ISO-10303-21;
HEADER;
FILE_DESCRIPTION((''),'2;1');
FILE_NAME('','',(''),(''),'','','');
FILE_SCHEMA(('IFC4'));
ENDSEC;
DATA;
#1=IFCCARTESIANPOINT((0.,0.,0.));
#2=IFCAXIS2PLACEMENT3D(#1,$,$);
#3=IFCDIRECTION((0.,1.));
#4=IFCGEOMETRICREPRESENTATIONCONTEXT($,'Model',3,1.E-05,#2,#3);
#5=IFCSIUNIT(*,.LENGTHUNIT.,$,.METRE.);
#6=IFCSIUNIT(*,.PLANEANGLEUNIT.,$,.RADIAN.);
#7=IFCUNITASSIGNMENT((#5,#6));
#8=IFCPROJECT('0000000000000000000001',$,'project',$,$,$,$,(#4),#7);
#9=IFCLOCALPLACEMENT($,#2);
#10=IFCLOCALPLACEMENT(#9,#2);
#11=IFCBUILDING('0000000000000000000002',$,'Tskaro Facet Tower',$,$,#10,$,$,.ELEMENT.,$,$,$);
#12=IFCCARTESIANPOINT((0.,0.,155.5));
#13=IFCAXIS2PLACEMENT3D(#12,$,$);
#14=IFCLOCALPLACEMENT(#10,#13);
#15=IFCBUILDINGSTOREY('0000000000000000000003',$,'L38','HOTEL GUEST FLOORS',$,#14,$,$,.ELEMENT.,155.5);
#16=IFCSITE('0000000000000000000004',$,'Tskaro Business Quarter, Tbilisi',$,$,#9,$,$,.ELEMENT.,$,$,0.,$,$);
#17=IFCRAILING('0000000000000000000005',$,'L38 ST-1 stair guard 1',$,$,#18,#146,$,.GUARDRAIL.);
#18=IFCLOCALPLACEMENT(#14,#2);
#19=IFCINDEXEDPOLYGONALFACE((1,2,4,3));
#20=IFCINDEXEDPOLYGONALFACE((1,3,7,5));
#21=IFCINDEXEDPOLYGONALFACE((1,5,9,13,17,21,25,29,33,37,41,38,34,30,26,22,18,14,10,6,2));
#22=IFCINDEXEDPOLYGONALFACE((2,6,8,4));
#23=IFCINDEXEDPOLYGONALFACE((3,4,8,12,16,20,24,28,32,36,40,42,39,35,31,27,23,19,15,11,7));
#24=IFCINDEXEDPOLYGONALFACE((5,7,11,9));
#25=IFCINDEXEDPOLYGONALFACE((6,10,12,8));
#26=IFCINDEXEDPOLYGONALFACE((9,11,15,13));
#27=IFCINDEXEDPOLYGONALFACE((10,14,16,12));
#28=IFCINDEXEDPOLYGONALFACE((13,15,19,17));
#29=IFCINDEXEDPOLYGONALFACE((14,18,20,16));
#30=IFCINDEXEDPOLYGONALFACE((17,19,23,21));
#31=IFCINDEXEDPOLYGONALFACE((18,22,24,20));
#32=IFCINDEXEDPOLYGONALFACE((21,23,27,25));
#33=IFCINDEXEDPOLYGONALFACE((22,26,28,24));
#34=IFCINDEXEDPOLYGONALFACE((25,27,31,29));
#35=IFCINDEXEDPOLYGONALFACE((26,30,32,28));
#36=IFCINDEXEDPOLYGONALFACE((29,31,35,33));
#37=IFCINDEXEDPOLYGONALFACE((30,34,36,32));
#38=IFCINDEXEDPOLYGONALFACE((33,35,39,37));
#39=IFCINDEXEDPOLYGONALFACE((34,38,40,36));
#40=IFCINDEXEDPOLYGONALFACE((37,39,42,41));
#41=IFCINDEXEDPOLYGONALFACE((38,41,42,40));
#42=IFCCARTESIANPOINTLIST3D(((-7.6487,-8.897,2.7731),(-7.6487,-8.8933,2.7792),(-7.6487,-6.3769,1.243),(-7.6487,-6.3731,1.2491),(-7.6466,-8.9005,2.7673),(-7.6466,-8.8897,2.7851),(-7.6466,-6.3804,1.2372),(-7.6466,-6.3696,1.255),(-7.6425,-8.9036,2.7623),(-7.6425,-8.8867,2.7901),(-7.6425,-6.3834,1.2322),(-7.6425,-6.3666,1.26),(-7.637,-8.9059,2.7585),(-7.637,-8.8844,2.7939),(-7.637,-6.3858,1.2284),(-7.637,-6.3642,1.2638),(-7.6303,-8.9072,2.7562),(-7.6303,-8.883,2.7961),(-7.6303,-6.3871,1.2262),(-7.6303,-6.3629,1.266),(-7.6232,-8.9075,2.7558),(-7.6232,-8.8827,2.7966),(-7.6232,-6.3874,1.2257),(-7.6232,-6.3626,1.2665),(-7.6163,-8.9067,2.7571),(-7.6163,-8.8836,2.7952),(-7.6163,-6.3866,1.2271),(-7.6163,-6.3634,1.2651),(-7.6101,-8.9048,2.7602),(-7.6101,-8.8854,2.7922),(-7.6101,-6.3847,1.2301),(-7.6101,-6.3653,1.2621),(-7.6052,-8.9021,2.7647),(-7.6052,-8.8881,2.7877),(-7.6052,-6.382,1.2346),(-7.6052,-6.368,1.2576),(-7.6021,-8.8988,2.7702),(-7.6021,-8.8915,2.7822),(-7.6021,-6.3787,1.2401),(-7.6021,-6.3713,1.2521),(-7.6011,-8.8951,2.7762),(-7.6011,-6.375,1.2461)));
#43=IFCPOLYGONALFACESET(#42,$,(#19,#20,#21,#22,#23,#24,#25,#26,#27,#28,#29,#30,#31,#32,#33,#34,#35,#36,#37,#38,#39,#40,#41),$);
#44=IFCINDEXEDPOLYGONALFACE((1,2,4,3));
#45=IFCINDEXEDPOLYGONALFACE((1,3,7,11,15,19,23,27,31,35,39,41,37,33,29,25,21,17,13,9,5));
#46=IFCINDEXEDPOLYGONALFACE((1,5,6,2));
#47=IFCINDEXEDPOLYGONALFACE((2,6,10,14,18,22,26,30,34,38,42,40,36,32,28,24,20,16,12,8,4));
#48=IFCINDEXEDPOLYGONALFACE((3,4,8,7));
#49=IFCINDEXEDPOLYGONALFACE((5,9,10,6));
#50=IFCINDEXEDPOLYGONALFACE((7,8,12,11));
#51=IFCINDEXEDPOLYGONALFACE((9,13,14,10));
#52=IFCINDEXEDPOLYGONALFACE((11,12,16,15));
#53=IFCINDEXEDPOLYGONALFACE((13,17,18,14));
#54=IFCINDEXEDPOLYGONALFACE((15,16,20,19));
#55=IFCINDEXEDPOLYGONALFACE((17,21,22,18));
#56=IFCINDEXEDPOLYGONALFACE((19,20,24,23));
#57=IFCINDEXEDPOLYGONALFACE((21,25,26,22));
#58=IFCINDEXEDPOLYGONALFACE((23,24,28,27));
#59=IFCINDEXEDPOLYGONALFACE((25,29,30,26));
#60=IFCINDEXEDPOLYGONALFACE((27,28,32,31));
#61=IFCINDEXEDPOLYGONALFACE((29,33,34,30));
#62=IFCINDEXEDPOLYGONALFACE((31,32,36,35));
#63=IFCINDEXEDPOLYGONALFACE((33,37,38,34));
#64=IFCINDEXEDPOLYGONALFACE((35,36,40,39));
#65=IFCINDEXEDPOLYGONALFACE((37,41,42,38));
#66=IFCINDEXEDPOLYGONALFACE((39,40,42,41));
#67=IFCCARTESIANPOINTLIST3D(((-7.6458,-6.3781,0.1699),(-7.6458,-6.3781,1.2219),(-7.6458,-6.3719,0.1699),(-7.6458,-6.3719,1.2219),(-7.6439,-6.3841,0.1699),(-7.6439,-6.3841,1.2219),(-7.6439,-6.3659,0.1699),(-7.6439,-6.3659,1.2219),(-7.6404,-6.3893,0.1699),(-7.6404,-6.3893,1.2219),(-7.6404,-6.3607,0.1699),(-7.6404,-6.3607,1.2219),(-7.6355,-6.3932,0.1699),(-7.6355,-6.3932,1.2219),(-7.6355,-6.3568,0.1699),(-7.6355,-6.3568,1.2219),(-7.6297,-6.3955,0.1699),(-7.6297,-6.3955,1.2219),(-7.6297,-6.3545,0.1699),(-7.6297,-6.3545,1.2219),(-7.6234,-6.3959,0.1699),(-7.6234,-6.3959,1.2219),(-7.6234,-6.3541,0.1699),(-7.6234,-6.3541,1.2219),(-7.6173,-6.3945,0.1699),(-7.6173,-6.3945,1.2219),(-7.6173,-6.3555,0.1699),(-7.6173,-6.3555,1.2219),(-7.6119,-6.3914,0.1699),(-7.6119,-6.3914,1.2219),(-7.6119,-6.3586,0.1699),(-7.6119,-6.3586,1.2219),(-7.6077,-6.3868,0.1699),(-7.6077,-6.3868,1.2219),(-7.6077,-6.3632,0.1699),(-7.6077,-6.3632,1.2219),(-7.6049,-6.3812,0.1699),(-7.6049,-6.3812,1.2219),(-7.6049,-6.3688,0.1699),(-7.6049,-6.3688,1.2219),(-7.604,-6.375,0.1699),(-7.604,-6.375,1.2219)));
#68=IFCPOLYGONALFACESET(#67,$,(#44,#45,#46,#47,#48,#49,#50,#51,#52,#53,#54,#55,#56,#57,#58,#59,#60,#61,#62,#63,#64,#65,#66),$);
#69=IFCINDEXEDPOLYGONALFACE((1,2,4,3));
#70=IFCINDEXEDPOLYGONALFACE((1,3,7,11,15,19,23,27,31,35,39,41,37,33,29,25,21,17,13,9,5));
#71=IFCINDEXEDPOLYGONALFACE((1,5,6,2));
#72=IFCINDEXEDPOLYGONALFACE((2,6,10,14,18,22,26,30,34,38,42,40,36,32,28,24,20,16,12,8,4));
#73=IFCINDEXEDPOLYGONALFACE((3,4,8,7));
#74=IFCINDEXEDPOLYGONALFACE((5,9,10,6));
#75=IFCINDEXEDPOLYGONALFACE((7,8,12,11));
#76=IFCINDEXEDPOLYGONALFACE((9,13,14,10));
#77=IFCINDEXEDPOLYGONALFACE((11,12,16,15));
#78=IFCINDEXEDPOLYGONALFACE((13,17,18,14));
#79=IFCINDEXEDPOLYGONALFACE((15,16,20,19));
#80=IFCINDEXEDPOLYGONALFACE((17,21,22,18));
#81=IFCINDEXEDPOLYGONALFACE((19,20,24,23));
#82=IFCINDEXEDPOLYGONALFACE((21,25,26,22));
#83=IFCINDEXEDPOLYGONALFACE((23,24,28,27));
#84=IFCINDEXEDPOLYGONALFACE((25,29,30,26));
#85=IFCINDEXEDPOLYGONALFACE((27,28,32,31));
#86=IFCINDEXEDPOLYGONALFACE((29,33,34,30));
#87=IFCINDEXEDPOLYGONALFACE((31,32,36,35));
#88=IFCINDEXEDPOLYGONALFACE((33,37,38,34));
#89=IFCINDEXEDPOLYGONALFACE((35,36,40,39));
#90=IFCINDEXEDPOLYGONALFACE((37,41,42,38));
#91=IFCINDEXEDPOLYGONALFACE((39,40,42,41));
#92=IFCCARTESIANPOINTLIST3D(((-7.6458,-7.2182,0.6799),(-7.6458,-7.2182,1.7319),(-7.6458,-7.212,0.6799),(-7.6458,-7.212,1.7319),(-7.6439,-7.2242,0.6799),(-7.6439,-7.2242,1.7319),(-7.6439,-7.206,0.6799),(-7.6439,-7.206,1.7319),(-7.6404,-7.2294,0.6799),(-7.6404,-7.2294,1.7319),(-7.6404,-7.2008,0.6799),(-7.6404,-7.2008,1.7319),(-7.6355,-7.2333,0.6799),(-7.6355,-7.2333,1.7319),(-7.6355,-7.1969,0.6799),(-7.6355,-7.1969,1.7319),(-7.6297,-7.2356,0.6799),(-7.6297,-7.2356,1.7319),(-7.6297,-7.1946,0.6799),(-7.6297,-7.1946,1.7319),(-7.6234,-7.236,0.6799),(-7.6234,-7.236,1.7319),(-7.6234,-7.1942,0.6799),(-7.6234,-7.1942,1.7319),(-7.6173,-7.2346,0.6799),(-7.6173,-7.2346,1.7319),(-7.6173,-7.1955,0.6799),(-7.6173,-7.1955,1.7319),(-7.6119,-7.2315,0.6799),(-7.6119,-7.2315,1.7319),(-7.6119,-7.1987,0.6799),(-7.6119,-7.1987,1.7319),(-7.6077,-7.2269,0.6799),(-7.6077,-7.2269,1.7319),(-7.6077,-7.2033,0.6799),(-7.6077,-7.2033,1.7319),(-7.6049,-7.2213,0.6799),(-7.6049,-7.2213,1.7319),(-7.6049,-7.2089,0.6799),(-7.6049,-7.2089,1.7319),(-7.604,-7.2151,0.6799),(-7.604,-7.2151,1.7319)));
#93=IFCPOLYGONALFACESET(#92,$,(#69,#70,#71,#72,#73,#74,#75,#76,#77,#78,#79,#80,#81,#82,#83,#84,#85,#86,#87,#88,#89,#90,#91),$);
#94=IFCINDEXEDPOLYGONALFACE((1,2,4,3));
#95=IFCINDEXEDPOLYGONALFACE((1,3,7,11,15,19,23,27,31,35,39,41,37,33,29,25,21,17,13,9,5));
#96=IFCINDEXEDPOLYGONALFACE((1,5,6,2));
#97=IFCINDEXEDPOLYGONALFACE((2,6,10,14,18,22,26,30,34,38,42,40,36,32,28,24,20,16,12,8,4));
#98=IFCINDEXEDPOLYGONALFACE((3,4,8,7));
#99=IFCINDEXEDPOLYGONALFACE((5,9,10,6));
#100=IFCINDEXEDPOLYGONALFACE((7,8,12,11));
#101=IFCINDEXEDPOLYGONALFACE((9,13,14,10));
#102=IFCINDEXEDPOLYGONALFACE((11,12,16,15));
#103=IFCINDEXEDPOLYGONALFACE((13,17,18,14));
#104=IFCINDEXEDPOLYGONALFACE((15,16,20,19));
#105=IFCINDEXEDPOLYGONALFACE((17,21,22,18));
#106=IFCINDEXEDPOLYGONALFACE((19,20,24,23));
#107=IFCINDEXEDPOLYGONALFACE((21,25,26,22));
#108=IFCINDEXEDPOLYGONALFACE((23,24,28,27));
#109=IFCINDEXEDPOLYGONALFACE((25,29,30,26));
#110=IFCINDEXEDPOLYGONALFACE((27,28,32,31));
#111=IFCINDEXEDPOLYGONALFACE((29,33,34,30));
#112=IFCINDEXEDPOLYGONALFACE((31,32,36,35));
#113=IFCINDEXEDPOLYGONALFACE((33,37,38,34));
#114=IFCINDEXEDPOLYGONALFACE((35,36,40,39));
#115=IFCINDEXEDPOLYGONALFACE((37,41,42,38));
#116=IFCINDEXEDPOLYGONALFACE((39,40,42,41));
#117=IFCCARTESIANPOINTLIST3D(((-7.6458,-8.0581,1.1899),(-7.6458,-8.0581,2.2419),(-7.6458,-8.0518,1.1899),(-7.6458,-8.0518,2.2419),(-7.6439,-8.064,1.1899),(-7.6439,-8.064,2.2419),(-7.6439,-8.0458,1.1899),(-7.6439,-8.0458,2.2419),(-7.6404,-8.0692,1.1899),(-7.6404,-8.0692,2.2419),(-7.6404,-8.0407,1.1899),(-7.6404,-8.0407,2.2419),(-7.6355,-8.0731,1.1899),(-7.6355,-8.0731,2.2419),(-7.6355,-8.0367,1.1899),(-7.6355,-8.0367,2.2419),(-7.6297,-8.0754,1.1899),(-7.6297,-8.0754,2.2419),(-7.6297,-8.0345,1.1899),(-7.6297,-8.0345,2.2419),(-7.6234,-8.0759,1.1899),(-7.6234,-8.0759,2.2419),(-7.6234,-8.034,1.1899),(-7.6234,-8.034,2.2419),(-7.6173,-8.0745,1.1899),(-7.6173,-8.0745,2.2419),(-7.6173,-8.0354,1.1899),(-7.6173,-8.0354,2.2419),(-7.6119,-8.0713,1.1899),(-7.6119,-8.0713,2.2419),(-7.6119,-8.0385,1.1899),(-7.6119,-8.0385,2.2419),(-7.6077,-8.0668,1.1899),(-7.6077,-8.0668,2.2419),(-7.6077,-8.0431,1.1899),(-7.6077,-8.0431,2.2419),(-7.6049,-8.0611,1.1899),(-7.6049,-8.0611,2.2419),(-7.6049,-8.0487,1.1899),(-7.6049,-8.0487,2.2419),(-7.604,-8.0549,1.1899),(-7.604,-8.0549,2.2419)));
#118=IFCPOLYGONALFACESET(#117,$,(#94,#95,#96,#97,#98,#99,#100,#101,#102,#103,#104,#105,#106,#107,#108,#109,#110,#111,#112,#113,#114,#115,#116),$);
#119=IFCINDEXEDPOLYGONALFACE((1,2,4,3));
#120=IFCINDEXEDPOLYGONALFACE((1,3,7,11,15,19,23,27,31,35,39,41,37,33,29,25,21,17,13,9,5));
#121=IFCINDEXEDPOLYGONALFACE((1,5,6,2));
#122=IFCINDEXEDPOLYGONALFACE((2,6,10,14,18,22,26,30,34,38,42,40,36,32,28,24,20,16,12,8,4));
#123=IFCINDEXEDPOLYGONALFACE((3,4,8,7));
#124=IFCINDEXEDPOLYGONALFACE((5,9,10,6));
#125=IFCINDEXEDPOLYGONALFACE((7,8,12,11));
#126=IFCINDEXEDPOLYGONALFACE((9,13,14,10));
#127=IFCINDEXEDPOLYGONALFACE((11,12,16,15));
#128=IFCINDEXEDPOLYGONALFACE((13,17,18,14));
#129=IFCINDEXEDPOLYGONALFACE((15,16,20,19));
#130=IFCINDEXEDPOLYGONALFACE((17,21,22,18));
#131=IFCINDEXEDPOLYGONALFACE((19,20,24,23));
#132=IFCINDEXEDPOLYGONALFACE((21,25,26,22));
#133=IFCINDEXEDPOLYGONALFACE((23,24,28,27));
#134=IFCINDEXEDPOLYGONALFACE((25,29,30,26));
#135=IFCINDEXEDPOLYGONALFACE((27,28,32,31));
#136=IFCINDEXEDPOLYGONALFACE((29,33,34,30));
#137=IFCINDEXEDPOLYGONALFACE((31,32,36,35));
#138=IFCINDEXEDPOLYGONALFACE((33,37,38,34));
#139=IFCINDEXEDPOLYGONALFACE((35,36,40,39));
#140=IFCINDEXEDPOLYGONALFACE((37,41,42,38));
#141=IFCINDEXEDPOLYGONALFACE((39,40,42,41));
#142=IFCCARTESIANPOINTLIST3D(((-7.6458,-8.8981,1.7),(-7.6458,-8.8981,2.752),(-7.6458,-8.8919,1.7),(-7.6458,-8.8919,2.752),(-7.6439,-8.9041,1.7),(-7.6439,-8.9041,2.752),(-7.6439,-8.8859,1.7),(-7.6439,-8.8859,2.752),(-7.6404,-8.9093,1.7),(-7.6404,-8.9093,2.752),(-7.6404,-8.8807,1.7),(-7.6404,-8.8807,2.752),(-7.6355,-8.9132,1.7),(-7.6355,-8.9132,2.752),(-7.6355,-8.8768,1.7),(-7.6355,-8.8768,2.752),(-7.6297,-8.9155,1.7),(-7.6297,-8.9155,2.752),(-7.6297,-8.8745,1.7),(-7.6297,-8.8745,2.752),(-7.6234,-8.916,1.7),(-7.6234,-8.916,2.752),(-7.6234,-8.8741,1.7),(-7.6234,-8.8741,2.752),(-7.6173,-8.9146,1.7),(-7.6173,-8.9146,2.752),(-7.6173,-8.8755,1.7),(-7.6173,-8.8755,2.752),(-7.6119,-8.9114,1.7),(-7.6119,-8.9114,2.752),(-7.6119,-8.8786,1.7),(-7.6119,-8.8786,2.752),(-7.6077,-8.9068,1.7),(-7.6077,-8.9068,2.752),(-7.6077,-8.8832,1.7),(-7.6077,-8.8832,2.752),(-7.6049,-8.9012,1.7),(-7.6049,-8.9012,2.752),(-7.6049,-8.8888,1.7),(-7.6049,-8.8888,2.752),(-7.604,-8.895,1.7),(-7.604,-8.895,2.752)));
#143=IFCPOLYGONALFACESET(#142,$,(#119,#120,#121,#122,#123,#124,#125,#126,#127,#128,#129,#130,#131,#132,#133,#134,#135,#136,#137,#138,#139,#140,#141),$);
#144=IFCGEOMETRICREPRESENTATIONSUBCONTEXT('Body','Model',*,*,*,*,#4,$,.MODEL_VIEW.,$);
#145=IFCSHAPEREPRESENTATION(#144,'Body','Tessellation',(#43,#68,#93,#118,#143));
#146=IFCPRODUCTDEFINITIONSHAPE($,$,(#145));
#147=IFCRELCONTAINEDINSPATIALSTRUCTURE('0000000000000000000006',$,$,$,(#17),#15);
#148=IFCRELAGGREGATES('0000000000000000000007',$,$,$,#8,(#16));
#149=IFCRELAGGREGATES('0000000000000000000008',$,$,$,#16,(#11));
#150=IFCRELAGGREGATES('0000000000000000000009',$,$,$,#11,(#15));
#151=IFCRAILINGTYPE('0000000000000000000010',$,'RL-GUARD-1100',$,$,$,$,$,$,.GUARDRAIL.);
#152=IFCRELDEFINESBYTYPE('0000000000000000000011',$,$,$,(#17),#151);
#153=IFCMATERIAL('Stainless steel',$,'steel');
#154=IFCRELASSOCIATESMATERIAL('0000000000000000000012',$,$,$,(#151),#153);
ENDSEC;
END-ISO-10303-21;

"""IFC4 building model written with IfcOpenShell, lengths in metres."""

from ifc_helpers import new_model, si_unit, direction, frame, origin, origin_2d, place, context, subcontext, project, spatial, circle, extrude, material, type_object, element, save


model = new_model("IFC4")

# Units and contexts
model_context = context("Model", 3, precision=1e-05, world=origin(), true_north=direction((0.0, 1.0)))
body_context = subcontext(model_context, "Body", "Model", "MODEL_VIEW")
ifc_project = project(units=[si_unit("LENGTHUNIT", "METRE"), si_unit("PLANEANGLEUNIT", "RADIAN")], contexts=[model_context])

# Site, building, storey
site_placement = place(None, origin())
site = spatial("IfcSite", under=ifc_project, at=site_placement, Name="Tskaro Business Quarter, Tbilisi", CompositionType="ELEMENT", RefElevation=0.0)
building_placement = place(site_placement, origin())
building = spatial("IfcBuilding", under=site, at=building_placement, Name="Tskaro Facet Tower", CompositionType="ELEMENT")
storey_placement = place(building_placement, frame((0.0, 0.0, 155.5)))
storey = spatial("IfcBuildingStorey", under=building, at=storey_placement, Name="L38", Description="HOTEL GUEST FLOORS", CompositionType="ELEMENT", Elevation=155.5)

# Shared definitions
ifc_material_1 = material(Name="Stainless steel", Category="steel")

# Railing
railing_type_1 = type_object("IfcRailingType", Name="RL-GUARD-1100", PredefinedType="GUARDRAIL", material=ifc_material_1)
railing_1_placement = place(storey_placement, frame((-7.625, -6.375, 0.1699)))
element("IfcRailing", 1, at=railing_1_placement, inside=storey, type_object=railing_type_1, Name="L38 ST-1 stair guard 1", PredefinedType="GUARDRAIL", context=body_context, shape_type="SweptSolid", body=[
    extrude(circle(Radius=0.0239, at=origin_2d()), frame((0.0, 0.0, 1.0762), z_axis=(0.0, -0.854785, 0.518982), x_axis=(1.0, 0.0, 0.0)), (0.0, 0.0, 1.0), 2.9482),
    extrude(circle(Radius=0.021, at=origin_2d()), origin(), (0.0, 0.0, 1.0), 1.052),
    extrude(circle(Radius=0.021, at=origin_2d()), frame((0.0, -0.8401, 0.51)), (0.0, 0.0, 1.0), 1.052),
    extrude(circle(Radius=0.021, at=origin_2d()), frame((0.0, -1.6799, 1.02)), (0.0, 0.0, 1.0), 1.052),
    extrude(circle(Radius=0.021, at=origin_2d()), frame((0.0, -2.52, 1.53)), (0.0, 0.0, 1.0), 1.052),
])

save(model, "model.ifc")
